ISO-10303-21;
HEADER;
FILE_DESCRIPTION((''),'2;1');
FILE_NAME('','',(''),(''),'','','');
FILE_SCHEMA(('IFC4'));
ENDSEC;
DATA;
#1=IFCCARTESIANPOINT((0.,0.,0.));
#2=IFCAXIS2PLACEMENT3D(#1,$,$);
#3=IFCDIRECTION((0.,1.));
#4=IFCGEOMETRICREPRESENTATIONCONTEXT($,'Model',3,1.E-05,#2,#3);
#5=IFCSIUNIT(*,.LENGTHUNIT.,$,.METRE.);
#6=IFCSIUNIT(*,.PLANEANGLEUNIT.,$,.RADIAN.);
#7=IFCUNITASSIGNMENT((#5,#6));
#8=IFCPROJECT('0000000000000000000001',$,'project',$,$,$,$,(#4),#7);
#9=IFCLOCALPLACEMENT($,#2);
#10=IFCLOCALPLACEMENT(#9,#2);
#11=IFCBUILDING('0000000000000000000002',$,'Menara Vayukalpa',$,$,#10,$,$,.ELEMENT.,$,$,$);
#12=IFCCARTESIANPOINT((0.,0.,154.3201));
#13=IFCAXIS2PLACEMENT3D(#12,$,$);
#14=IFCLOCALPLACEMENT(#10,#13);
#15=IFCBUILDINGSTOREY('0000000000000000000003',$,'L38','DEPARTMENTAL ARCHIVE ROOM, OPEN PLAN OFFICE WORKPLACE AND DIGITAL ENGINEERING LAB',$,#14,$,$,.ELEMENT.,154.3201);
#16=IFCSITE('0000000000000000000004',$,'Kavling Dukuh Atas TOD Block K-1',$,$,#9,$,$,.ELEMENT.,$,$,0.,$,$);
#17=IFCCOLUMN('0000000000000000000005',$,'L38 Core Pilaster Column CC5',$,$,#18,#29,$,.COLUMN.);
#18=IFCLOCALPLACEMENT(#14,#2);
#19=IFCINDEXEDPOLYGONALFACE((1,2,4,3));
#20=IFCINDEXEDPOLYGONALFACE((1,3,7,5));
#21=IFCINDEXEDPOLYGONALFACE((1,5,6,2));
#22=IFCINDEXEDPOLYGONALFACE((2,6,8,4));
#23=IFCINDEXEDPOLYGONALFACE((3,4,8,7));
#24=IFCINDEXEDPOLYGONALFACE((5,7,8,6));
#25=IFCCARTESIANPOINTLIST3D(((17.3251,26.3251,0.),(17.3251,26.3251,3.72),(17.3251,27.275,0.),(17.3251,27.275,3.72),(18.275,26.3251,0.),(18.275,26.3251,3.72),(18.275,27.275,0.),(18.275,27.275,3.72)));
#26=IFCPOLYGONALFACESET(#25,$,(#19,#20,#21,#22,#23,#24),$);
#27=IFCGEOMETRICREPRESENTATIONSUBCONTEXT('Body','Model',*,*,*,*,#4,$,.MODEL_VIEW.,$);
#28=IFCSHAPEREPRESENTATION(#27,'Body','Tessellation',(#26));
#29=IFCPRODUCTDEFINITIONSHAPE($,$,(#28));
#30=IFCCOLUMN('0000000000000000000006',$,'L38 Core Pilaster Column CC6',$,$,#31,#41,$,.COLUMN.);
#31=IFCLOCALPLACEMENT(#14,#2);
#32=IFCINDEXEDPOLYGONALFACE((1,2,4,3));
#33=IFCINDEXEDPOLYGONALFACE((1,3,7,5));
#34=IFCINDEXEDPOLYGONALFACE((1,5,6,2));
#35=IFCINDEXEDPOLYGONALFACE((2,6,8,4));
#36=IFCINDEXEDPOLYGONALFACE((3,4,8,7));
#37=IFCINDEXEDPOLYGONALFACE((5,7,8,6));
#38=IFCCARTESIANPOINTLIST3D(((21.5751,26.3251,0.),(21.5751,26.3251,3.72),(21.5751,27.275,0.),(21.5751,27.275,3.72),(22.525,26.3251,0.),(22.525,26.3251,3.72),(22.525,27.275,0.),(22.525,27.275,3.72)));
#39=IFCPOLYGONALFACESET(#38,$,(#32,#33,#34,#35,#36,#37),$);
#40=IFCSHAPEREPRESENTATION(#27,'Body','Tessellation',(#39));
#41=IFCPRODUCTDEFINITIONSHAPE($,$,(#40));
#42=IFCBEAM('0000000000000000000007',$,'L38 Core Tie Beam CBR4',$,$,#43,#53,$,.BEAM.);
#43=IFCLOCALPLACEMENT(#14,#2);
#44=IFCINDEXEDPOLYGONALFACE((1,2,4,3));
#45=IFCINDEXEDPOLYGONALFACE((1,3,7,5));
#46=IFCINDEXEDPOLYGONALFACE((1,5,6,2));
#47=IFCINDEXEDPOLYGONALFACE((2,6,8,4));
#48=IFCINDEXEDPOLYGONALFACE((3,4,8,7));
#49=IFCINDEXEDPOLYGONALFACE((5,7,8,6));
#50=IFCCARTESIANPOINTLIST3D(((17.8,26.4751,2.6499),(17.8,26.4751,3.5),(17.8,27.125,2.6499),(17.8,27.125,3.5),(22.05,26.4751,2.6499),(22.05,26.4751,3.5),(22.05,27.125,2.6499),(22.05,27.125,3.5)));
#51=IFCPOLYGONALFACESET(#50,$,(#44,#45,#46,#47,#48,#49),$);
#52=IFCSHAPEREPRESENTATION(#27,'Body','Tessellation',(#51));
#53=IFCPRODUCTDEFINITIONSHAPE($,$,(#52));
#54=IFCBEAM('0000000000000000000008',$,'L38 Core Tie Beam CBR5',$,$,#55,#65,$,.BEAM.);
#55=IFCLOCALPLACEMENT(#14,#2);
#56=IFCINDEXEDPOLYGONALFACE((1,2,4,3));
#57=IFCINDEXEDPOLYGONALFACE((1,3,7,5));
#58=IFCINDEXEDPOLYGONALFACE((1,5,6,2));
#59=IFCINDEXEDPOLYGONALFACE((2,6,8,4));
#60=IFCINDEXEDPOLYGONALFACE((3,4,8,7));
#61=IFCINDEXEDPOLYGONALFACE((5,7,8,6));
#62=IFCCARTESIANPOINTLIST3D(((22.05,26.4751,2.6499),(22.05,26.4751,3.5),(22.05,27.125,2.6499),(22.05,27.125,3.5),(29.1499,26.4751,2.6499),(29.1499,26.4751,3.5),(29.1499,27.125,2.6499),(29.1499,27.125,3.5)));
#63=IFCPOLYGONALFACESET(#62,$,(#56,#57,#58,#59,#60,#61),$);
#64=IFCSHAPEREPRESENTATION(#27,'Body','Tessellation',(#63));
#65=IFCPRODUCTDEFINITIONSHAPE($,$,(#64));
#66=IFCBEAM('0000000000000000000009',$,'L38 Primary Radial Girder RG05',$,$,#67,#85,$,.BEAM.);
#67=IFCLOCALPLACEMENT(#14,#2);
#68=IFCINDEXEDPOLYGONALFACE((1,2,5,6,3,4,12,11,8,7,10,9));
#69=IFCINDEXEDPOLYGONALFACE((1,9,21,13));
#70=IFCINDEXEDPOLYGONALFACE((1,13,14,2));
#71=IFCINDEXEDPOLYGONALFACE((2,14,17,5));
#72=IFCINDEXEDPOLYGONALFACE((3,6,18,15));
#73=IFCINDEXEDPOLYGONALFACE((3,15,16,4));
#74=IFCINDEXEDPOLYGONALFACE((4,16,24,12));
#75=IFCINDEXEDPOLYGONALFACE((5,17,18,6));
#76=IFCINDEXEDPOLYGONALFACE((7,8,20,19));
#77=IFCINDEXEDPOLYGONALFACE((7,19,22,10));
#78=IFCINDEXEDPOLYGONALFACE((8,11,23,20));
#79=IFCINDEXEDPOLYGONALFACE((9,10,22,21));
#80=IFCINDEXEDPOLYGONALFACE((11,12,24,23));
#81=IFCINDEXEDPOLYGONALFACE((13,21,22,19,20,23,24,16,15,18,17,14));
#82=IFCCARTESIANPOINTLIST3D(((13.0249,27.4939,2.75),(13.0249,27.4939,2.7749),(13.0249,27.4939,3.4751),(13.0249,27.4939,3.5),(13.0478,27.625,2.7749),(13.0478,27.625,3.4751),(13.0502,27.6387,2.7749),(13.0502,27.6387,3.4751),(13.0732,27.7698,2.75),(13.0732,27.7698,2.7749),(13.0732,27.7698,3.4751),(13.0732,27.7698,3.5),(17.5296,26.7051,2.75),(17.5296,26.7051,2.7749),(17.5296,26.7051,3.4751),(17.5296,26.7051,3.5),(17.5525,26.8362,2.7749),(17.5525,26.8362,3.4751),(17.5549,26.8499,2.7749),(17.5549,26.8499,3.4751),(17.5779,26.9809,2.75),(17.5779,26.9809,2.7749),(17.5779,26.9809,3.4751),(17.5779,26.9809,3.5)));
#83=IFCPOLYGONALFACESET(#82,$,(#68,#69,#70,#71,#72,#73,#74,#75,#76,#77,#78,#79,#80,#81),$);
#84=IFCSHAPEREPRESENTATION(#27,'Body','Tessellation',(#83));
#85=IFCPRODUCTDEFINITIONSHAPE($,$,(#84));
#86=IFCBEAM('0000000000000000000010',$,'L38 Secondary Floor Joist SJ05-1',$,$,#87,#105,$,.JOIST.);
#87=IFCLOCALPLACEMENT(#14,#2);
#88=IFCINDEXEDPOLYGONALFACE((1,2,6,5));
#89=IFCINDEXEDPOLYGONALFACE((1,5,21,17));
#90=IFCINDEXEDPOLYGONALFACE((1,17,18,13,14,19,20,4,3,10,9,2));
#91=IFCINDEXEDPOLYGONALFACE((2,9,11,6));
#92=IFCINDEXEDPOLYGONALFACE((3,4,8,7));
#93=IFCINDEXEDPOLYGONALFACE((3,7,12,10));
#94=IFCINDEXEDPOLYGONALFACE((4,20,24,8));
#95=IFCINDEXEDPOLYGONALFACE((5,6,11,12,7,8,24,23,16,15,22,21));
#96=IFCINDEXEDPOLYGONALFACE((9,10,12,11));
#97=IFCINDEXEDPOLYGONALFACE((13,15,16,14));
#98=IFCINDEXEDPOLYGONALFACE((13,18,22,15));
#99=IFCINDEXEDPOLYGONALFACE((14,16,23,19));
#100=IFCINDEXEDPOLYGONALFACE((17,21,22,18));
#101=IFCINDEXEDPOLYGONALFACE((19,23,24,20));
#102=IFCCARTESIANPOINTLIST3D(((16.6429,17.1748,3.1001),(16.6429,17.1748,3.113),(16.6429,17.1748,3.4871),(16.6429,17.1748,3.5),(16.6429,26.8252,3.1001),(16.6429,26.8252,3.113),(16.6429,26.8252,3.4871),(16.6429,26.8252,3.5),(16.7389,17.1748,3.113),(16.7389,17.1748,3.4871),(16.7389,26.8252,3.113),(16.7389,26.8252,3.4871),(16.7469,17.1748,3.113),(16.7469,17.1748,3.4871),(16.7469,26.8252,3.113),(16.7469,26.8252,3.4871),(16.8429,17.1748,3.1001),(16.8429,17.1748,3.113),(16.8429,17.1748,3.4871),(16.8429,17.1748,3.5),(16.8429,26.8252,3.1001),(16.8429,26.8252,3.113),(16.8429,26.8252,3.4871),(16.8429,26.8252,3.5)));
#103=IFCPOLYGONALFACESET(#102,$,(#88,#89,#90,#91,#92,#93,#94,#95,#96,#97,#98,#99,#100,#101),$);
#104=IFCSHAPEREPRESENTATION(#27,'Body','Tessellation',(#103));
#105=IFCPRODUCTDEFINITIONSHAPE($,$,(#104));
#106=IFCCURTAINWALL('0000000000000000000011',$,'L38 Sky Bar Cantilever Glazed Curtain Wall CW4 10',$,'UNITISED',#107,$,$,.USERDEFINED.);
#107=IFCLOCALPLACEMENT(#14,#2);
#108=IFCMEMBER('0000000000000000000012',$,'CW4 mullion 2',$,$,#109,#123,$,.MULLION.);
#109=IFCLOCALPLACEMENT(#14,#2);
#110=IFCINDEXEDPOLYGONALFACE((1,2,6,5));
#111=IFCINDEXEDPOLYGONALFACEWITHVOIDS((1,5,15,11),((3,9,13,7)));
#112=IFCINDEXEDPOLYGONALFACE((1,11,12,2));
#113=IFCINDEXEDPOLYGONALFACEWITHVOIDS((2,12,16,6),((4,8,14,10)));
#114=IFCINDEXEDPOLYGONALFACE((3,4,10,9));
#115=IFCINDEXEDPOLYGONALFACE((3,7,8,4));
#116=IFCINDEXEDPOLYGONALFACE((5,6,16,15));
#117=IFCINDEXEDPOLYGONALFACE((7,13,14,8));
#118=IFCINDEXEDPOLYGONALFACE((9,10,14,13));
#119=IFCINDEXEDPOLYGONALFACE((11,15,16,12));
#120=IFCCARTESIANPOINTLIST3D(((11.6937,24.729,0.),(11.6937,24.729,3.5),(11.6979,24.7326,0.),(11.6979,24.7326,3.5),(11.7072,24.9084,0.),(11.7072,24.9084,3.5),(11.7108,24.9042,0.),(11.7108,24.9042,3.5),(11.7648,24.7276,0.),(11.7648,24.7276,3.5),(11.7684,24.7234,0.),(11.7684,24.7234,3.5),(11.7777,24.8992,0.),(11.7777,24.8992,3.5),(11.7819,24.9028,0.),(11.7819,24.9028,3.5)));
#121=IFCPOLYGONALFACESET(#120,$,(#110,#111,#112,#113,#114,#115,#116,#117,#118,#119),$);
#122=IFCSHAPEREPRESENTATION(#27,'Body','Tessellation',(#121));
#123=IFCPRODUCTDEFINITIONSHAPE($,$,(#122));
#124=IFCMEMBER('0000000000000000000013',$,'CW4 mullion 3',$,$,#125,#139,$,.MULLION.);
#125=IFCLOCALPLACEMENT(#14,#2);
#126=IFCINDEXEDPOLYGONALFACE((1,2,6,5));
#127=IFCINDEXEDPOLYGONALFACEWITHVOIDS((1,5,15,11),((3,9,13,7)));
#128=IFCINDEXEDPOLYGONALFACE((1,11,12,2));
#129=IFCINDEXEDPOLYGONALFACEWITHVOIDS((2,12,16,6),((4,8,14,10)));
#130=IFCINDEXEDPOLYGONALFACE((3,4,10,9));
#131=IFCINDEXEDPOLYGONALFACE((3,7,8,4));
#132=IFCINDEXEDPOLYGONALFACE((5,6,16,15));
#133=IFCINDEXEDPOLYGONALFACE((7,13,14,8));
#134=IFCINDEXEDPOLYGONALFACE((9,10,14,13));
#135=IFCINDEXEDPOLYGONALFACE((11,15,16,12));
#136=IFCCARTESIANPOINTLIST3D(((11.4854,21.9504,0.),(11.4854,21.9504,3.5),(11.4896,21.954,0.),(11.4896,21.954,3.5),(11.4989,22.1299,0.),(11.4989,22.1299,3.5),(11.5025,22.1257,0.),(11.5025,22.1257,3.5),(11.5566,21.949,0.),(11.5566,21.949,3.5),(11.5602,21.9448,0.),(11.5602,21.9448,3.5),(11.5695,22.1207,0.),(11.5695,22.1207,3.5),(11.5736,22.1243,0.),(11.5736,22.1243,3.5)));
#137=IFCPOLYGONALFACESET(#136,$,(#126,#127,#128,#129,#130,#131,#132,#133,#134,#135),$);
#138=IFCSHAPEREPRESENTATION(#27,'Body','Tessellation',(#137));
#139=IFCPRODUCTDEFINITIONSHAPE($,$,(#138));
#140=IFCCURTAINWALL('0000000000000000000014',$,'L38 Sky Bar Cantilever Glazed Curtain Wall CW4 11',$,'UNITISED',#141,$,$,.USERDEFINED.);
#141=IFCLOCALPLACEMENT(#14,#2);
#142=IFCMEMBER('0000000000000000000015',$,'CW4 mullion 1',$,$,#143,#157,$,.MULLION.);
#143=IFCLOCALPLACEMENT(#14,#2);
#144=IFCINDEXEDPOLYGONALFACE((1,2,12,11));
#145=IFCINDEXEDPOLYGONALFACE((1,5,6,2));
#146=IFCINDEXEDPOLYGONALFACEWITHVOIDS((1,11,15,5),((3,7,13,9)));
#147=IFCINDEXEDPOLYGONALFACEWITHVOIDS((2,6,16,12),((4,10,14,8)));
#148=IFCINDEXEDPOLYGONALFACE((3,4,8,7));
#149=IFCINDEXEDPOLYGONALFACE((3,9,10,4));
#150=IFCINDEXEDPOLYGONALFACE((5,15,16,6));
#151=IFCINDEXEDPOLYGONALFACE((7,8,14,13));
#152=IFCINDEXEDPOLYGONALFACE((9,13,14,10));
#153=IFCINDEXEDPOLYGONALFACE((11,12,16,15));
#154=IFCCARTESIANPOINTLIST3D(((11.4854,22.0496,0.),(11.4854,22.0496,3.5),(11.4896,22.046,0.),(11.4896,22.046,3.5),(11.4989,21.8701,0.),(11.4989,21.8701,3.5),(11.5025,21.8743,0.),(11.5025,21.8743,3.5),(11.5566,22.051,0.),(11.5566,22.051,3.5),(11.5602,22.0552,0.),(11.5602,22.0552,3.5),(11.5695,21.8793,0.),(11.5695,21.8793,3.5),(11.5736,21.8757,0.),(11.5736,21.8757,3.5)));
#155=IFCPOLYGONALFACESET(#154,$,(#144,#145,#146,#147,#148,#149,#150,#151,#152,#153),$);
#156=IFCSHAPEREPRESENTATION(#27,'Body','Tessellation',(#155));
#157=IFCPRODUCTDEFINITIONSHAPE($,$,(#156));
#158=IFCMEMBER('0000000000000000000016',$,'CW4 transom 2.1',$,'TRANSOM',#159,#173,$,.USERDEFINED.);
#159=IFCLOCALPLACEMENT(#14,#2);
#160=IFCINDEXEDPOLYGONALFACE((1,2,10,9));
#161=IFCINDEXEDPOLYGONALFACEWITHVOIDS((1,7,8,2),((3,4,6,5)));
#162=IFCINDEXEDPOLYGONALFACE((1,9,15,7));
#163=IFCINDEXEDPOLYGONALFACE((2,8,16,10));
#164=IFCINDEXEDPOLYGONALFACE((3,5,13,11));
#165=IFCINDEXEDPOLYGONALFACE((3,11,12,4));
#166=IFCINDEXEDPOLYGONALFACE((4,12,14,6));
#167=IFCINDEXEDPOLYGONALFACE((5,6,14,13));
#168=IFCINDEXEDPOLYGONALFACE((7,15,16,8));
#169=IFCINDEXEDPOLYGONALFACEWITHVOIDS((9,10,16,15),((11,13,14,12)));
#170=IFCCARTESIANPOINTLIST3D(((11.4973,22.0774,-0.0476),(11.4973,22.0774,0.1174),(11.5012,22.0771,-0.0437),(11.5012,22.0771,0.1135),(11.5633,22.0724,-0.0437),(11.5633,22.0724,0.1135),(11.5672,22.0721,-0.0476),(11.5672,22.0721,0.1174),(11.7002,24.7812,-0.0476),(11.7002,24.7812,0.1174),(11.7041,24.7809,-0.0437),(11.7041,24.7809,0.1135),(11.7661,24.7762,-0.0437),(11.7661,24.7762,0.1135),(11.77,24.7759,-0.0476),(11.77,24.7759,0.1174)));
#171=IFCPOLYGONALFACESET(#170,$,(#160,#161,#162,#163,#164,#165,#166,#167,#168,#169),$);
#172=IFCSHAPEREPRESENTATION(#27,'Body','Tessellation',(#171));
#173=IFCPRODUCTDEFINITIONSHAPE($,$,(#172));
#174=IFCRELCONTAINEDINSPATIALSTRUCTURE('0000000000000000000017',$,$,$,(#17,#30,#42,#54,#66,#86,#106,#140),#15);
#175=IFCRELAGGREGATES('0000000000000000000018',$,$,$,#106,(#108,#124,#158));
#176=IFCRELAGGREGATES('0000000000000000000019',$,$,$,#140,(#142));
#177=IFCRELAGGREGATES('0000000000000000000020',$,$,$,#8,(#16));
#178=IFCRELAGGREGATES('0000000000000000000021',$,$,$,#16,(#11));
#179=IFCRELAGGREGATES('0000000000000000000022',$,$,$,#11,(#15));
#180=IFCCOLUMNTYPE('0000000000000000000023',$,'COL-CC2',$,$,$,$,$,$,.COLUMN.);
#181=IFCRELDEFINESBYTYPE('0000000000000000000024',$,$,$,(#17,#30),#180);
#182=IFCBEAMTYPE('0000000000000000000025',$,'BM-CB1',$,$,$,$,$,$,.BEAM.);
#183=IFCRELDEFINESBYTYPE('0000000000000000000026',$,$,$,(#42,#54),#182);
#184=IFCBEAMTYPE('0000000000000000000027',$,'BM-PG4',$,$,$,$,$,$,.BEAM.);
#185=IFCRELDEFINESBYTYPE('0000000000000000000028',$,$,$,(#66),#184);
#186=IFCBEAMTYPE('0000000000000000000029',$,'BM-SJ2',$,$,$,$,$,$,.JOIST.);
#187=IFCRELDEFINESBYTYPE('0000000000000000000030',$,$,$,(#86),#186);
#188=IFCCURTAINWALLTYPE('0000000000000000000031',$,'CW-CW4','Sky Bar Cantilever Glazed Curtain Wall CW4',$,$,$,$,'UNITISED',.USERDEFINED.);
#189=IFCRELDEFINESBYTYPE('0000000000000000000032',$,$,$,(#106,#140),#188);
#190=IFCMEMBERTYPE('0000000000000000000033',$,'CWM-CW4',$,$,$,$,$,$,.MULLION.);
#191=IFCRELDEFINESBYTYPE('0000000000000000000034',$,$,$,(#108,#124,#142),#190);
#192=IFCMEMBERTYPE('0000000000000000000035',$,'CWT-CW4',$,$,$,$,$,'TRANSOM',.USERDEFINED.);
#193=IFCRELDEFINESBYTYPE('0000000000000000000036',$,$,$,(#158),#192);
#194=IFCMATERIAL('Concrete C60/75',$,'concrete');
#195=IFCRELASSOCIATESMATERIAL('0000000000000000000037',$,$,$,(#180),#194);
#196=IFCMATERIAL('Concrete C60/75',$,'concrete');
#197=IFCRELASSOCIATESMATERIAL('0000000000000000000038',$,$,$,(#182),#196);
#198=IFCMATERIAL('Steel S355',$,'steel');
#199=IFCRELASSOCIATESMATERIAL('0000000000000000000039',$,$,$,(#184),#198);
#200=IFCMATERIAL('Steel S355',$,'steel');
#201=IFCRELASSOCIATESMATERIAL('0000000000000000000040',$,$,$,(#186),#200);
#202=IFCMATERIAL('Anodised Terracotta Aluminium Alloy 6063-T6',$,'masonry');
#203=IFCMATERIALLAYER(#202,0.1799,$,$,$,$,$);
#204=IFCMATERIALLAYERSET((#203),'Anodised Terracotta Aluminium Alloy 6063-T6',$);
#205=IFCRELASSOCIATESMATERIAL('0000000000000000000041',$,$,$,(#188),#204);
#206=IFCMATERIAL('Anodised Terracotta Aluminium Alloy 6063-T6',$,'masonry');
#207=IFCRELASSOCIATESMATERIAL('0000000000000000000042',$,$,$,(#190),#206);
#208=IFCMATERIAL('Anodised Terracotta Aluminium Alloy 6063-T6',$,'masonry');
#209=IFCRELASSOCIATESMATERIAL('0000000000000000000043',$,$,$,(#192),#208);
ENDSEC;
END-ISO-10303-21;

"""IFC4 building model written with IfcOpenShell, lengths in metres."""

from ifc_helpers import new_model, si_unit, direction, frame, origin, origin_2d, place, context, subcontext, project, spatial, rectangle, hollow_rectangle, i_section, extrude, material, layer, layer_set, material_profile, profile_set, type_object, element, aggregate, save


model = new_model("IFC4")

# Units and contexts
model_context = context("Model", 3, precision=1e-05, world=origin(), true_north=direction((0.0, 1.0)))
body_context = subcontext(model_context, "Body", "Model", "MODEL_VIEW")
ifc_project = project(units=[si_unit("LENGTHUNIT", "METRE"), si_unit("PLANEANGLEUNIT", "RADIAN")], contexts=[model_context])

# Site, building, storey
site_placement = place(None, origin())
site = spatial("IfcSite", under=ifc_project, at=site_placement, Name="Kavling Dukuh Atas TOD Block K-1", CompositionType="ELEMENT", RefElevation=0.0)
building_placement = place(site_placement, origin())
building = spatial("IfcBuilding", under=site, at=building_placement, Name="Menara Vayukalpa", CompositionType="ELEMENT")
storey_placement = place(building_placement, frame((0.0, 0.0, 154.3201)))
storey = spatial("IfcBuildingStorey", under=building, at=storey_placement, Name="L38", Description="DEPARTMENTAL ARCHIVE ROOM, OPEN PLAN OFFICE WORKPLACE AND DIGITAL ENGINEERING LAB", CompositionType="ELEMENT", Elevation=154.3201)

# Columns
ifc_material_1 = material(Name="Concrete C60/75", Category="concrete")
ifc_material_profile_1 = material_profile(ifc_material_1, rectangle(XDim=0.95, YDim=0.95, at=origin_2d()), Name="RC 950x950")
ifc_profile_set_1 = profile_set([ifc_material_profile_1], Name="Concrete C60/75")
column_type = type_object("IfcColumnType", Name="COL-CC2", PredefinedType="COLUMN", material=ifc_profile_set_1)
for number, where, z_axis, x_axis, name in (
    (1, (17.8, 26.8, 0.0), (0.0, 0.0, 1.0), (1.0, 0.0, 0.0), "L38 Core Pilaster Column CC5"),
    (2, (22.05, 26.8, 0.0), (0.0, 0.0, 1.0), (1.0, 0.0, 0.0), "L38 Core Pilaster Column CC6"),
):
    element("IfcColumn", number, at=place(storey_placement, frame(where, z_axis=z_axis, x_axis=x_axis)), inside=storey, type_object=column_type, Name=name, PredefinedType="COLUMN", context=body_context, shape_type="SweptSolid", body=[
        extrude(rectangle(XDim=0.95, YDim=0.95, at=origin_2d()), origin(), (0.0, 0.0, 1.0), 3.72),
    ])

# Beams
ifc_material_2 = material(Name="Concrete C60/75", Category="concrete")
ifc_material_profile_2 = material_profile(ifc_material_2, rectangle(XDim=0.6499, YDim=0.8501, at=origin_2d()), Name="RC 650x850")
ifc_profile_set_2 = profile_set([ifc_material_profile_2], Name="Concrete C60/75")
beam_type_1 = type_object("IfcBeamType", Name="BM-CB1", PredefinedType="BEAM", material=ifc_profile_set_2)
beam_1_placement = place(storey_placement, frame((17.8, 26.8, 3.075), z_axis=(1.0, 0.0, 0.0), x_axis=(0.0, 1.0, 0.0)))
element("IfcBeam", 3, at=beam_1_placement, inside=storey, type_object=beam_type_1, Name="L38 Core Tie Beam CBR4", PredefinedType="BEAM", context=body_context, shape_type="SweptSolid", body=[
    extrude(rectangle(XDim=0.6499, YDim=0.8501, at=origin_2d()), origin(), (0.0, 0.0, 1.0), 4.25),
])
beam_2_placement = place(storey_placement, frame((22.05, 26.8, 3.075), z_axis=(1.0, 0.0, 0.0), x_axis=(0.0, 1.0, 0.0)))
element("IfcBeam", 4, at=beam_2_placement, inside=storey, type_object=beam_type_1, Name="L38 Core Tie Beam CBR5", PredefinedType="BEAM", context=body_context, shape_type="SweptSolid", body=[
    extrude(rectangle(XDim=0.6499, YDim=0.8501, at=origin_2d()), origin(), (0.0, 0.0, 1.0), 7.0999),
])
ifc_material_3 = material(Name="Steel S355", Category="steel")
ifc_material_profile_3 = material_profile(ifc_material_3, i_section(OverallWidth=0.28, OverallDepth=0.75, WebThickness=0.0139, FlangeThickness=0.0249, at=origin_2d()), Name="WF 750x280x14x25")
ifc_profile_set_3 = profile_set([ifc_material_profile_3], Name="Steel S355")
beam_type_2 = type_object("IfcBeamType", Name="BM-PG4", PredefinedType="BEAM", material=ifc_profile_set_3)
beam_3_placement = place(storey_placement, frame((17.5537, 26.843, 3.125), z_axis=(-0.985012, 0.172488, 0.0), x_axis=(-0.172488, -0.985012, 0.0)))
element("IfcBeam", 5, at=beam_3_placement, inside=storey, type_object=beam_type_2, Name="L38 Primary Radial Girder RG05", PredefinedType="BEAM", context=body_context, shape_type="SweptSolid", body=[
    extrude(i_section(OverallWidth=0.28, OverallDepth=0.75, WebThickness=0.0139, FlangeThickness=0.0249, at=origin_2d()), origin(), (0.0, 0.0, 1.0), 4.5732),
])
ifc_material_4 = material(Name="Steel S355", Category="steel")
ifc_material_profile_4 = material_profile(ifc_material_4, i_section(OverallWidth=0.2, OverallDepth=0.3999, WebThickness=0.0081, FlangeThickness=0.0129, at=origin_2d()), Name="WF 400x200x8x13")
ifc_profile_set_4 = profile_set([ifc_material_profile_4], Name="Steel S355")
beam_type_3 = type_object("IfcBeamType", Name="BM-SJ2", PredefinedType="JOIST", material=ifc_profile_set_4)
beam_4_placement = place(storey_placement, frame((16.7429, 26.8252, 3.3), z_axis=(0.0, -1.0, 0.0), x_axis=(1.0, 0.0, 0.0)))
element("IfcBeam", 6, at=beam_4_placement, inside=storey, type_object=beam_type_3, Name="L38 Secondary Floor Joist SJ05-1", PredefinedType="JOIST", context=body_context, shape_type="SweptSolid", body=[
    extrude(i_section(OverallWidth=0.2, OverallDepth=0.3999, WebThickness=0.0081, FlangeThickness=0.0129, at=origin_2d()), origin(), (0.0, 0.0, 1.0), 9.6504),
])

# Curtain wall, members
ifc_material_5 = material(Name="Anodised Terracotta Aluminium Alloy 6063-T6", Category="masonry")
ifc_layer_1 = layer(ifc_material_5, 0.1799)
ifc_layer_set_1 = layer_set([ifc_layer_1], Name="Anodised Terracotta Aluminium Alloy 6063-T6")
curtain_wall_type = type_object("IfcCurtainWallType", Name="CW-CW4", Description="Sky Bar Cantilever Glazed Curtain Wall CW4", ElementType="UNITISED", PredefinedType="USERDEFINED", material=ifc_layer_set_1)
curtain_wall_1_placement = place(storey_placement, origin())
curtain_wall_1 = element("IfcCurtainWall", 7, at=curtain_wall_1_placement, inside=storey, type_object=curtain_wall_type, Name="L38 Sky Bar Cantilever Glazed Curtain Wall CW4 10", ObjectType="UNITISED", PredefinedType="USERDEFINED")
ifc_material_6 = material(Name="Anodised Terracotta Aluminium Alloy 6063-T6", Category="masonry")
ifc_material_profile_5 = material_profile(ifc_material_6, hollow_rectangle(XDim=0.075, YDim=0.1799, WallThickness=0.0039, at=origin_2d()), Name="ALU 75x180x4")
ifc_profile_set_5 = profile_set([ifc_material_profile_5], Name="Anodised Terracotta Aluminium Alloy 6063-T6")
member_type_1 = type_object("IfcMemberType", Name="CWM-CW4", PredefinedType="MULLION", material=ifc_profile_set_5)
member_1_placement = place(storey_placement, frame((11.7378, 24.8159, 0.0), z_axis=(0.0, 0.0, 1.0), x_axis=(0.997199, -0.074793, 0.0)))
member_1 = element("IfcMember", 8, at=member_1_placement, type_object=member_type_1, Name="CW4 mullion 2", PredefinedType="MULLION", context=body_context, shape_type="SweptSolid", body=[
    extrude(hollow_rectangle(XDim=0.075, YDim=0.1799, WallThickness=0.0039, at=origin_2d()), origin(), (0.0, 0.0, 1.0), 3.5),
])
member_2_placement = place(storey_placement, frame((11.5295, 22.0374, 0.0), z_axis=(0.0, 0.0, 1.0), x_axis=(0.997199, -0.074793, 0.0)))
member_2 = element("IfcMember", 9, at=member_2_placement, type_object=member_type_1, Name="CW4 mullion 3", PredefinedType="MULLION", context=body_context, shape_type="SweptSolid", body=[
    extrude(hollow_rectangle(XDim=0.075, YDim=0.1799, WallThickness=0.0039, at=origin_2d()), origin(), (0.0, 0.0, 1.0), 3.5),
])

# Curtain wall, member
curtain_wall_2_placement = place(storey_placement, origin())
curtain_wall_2 = element("IfcCurtainWall", 10, at=curtain_wall_2_placement, inside=storey, type_object=curtain_wall_type, Name="L38 Sky Bar Cantilever Glazed Curtain Wall CW4 11", ObjectType="UNITISED", PredefinedType="USERDEFINED")
member_3_placement = place(storey_placement, frame((11.5295, 21.9626, 0.0), z_axis=(0.0, 0.0, 1.0), x_axis=(0.997199, 0.074793, 0.0)))
member_3 = element("IfcMember", 11, at=member_3_placement, type_object=member_type_1, Name="CW4 mullion 1", PredefinedType="MULLION", context=body_context, shape_type="SweptSolid", body=[
    extrude(hollow_rectangle(XDim=0.075, YDim=0.1799, WallThickness=0.0039, at=origin_2d()), origin(), (0.0, 0.0, 1.0), 3.5),
])

# Member
ifc_material_7 = material(Name="Anodised Terracotta Aluminium Alloy 6063-T6", Category="masonry")
ifc_material_profile_6 = material_profile(ifc_material_7, hollow_rectangle(XDim=0.0701, YDim=0.165, WallThickness=0.0039, at=origin_2d()), Name="ALU 70x165x4")
ifc_profile_set_6 = profile_set([ifc_material_profile_6], Name="Anodised Terracotta Aluminium Alloy 6063-T6")
member_type_2 = type_object("IfcMemberType", Name="CWT-CW4", ElementType="TRANSOM", PredefinedType="USERDEFINED", material=ifc_profile_set_6)
member_4_placement = place(storey_placement, frame((11.7351, 24.7786, 0.0349), z_axis=(-0.074824, -0.997197, 0.0), x_axis=(0.997197, -0.074824, 0.0)))
member_4 = element("IfcMember", 12, at=member_4_placement, type_object=member_type_2, Name="CW4 transom 2.1", ObjectType="TRANSOM", PredefinedType="USERDEFINED", context=body_context, shape_type="SweptSolid", body=[
    extrude(hollow_rectangle(XDim=0.0701, YDim=0.165, WallThickness=0.0039, at=origin_2d()), origin(), (0.0, 0.0, 1.0), 2.7114),
])

aggregate(curtain_wall_1, [member_1, member_2, member_4])
aggregate(curtain_wall_2, [member_3])

save(model, "model.ifc")
